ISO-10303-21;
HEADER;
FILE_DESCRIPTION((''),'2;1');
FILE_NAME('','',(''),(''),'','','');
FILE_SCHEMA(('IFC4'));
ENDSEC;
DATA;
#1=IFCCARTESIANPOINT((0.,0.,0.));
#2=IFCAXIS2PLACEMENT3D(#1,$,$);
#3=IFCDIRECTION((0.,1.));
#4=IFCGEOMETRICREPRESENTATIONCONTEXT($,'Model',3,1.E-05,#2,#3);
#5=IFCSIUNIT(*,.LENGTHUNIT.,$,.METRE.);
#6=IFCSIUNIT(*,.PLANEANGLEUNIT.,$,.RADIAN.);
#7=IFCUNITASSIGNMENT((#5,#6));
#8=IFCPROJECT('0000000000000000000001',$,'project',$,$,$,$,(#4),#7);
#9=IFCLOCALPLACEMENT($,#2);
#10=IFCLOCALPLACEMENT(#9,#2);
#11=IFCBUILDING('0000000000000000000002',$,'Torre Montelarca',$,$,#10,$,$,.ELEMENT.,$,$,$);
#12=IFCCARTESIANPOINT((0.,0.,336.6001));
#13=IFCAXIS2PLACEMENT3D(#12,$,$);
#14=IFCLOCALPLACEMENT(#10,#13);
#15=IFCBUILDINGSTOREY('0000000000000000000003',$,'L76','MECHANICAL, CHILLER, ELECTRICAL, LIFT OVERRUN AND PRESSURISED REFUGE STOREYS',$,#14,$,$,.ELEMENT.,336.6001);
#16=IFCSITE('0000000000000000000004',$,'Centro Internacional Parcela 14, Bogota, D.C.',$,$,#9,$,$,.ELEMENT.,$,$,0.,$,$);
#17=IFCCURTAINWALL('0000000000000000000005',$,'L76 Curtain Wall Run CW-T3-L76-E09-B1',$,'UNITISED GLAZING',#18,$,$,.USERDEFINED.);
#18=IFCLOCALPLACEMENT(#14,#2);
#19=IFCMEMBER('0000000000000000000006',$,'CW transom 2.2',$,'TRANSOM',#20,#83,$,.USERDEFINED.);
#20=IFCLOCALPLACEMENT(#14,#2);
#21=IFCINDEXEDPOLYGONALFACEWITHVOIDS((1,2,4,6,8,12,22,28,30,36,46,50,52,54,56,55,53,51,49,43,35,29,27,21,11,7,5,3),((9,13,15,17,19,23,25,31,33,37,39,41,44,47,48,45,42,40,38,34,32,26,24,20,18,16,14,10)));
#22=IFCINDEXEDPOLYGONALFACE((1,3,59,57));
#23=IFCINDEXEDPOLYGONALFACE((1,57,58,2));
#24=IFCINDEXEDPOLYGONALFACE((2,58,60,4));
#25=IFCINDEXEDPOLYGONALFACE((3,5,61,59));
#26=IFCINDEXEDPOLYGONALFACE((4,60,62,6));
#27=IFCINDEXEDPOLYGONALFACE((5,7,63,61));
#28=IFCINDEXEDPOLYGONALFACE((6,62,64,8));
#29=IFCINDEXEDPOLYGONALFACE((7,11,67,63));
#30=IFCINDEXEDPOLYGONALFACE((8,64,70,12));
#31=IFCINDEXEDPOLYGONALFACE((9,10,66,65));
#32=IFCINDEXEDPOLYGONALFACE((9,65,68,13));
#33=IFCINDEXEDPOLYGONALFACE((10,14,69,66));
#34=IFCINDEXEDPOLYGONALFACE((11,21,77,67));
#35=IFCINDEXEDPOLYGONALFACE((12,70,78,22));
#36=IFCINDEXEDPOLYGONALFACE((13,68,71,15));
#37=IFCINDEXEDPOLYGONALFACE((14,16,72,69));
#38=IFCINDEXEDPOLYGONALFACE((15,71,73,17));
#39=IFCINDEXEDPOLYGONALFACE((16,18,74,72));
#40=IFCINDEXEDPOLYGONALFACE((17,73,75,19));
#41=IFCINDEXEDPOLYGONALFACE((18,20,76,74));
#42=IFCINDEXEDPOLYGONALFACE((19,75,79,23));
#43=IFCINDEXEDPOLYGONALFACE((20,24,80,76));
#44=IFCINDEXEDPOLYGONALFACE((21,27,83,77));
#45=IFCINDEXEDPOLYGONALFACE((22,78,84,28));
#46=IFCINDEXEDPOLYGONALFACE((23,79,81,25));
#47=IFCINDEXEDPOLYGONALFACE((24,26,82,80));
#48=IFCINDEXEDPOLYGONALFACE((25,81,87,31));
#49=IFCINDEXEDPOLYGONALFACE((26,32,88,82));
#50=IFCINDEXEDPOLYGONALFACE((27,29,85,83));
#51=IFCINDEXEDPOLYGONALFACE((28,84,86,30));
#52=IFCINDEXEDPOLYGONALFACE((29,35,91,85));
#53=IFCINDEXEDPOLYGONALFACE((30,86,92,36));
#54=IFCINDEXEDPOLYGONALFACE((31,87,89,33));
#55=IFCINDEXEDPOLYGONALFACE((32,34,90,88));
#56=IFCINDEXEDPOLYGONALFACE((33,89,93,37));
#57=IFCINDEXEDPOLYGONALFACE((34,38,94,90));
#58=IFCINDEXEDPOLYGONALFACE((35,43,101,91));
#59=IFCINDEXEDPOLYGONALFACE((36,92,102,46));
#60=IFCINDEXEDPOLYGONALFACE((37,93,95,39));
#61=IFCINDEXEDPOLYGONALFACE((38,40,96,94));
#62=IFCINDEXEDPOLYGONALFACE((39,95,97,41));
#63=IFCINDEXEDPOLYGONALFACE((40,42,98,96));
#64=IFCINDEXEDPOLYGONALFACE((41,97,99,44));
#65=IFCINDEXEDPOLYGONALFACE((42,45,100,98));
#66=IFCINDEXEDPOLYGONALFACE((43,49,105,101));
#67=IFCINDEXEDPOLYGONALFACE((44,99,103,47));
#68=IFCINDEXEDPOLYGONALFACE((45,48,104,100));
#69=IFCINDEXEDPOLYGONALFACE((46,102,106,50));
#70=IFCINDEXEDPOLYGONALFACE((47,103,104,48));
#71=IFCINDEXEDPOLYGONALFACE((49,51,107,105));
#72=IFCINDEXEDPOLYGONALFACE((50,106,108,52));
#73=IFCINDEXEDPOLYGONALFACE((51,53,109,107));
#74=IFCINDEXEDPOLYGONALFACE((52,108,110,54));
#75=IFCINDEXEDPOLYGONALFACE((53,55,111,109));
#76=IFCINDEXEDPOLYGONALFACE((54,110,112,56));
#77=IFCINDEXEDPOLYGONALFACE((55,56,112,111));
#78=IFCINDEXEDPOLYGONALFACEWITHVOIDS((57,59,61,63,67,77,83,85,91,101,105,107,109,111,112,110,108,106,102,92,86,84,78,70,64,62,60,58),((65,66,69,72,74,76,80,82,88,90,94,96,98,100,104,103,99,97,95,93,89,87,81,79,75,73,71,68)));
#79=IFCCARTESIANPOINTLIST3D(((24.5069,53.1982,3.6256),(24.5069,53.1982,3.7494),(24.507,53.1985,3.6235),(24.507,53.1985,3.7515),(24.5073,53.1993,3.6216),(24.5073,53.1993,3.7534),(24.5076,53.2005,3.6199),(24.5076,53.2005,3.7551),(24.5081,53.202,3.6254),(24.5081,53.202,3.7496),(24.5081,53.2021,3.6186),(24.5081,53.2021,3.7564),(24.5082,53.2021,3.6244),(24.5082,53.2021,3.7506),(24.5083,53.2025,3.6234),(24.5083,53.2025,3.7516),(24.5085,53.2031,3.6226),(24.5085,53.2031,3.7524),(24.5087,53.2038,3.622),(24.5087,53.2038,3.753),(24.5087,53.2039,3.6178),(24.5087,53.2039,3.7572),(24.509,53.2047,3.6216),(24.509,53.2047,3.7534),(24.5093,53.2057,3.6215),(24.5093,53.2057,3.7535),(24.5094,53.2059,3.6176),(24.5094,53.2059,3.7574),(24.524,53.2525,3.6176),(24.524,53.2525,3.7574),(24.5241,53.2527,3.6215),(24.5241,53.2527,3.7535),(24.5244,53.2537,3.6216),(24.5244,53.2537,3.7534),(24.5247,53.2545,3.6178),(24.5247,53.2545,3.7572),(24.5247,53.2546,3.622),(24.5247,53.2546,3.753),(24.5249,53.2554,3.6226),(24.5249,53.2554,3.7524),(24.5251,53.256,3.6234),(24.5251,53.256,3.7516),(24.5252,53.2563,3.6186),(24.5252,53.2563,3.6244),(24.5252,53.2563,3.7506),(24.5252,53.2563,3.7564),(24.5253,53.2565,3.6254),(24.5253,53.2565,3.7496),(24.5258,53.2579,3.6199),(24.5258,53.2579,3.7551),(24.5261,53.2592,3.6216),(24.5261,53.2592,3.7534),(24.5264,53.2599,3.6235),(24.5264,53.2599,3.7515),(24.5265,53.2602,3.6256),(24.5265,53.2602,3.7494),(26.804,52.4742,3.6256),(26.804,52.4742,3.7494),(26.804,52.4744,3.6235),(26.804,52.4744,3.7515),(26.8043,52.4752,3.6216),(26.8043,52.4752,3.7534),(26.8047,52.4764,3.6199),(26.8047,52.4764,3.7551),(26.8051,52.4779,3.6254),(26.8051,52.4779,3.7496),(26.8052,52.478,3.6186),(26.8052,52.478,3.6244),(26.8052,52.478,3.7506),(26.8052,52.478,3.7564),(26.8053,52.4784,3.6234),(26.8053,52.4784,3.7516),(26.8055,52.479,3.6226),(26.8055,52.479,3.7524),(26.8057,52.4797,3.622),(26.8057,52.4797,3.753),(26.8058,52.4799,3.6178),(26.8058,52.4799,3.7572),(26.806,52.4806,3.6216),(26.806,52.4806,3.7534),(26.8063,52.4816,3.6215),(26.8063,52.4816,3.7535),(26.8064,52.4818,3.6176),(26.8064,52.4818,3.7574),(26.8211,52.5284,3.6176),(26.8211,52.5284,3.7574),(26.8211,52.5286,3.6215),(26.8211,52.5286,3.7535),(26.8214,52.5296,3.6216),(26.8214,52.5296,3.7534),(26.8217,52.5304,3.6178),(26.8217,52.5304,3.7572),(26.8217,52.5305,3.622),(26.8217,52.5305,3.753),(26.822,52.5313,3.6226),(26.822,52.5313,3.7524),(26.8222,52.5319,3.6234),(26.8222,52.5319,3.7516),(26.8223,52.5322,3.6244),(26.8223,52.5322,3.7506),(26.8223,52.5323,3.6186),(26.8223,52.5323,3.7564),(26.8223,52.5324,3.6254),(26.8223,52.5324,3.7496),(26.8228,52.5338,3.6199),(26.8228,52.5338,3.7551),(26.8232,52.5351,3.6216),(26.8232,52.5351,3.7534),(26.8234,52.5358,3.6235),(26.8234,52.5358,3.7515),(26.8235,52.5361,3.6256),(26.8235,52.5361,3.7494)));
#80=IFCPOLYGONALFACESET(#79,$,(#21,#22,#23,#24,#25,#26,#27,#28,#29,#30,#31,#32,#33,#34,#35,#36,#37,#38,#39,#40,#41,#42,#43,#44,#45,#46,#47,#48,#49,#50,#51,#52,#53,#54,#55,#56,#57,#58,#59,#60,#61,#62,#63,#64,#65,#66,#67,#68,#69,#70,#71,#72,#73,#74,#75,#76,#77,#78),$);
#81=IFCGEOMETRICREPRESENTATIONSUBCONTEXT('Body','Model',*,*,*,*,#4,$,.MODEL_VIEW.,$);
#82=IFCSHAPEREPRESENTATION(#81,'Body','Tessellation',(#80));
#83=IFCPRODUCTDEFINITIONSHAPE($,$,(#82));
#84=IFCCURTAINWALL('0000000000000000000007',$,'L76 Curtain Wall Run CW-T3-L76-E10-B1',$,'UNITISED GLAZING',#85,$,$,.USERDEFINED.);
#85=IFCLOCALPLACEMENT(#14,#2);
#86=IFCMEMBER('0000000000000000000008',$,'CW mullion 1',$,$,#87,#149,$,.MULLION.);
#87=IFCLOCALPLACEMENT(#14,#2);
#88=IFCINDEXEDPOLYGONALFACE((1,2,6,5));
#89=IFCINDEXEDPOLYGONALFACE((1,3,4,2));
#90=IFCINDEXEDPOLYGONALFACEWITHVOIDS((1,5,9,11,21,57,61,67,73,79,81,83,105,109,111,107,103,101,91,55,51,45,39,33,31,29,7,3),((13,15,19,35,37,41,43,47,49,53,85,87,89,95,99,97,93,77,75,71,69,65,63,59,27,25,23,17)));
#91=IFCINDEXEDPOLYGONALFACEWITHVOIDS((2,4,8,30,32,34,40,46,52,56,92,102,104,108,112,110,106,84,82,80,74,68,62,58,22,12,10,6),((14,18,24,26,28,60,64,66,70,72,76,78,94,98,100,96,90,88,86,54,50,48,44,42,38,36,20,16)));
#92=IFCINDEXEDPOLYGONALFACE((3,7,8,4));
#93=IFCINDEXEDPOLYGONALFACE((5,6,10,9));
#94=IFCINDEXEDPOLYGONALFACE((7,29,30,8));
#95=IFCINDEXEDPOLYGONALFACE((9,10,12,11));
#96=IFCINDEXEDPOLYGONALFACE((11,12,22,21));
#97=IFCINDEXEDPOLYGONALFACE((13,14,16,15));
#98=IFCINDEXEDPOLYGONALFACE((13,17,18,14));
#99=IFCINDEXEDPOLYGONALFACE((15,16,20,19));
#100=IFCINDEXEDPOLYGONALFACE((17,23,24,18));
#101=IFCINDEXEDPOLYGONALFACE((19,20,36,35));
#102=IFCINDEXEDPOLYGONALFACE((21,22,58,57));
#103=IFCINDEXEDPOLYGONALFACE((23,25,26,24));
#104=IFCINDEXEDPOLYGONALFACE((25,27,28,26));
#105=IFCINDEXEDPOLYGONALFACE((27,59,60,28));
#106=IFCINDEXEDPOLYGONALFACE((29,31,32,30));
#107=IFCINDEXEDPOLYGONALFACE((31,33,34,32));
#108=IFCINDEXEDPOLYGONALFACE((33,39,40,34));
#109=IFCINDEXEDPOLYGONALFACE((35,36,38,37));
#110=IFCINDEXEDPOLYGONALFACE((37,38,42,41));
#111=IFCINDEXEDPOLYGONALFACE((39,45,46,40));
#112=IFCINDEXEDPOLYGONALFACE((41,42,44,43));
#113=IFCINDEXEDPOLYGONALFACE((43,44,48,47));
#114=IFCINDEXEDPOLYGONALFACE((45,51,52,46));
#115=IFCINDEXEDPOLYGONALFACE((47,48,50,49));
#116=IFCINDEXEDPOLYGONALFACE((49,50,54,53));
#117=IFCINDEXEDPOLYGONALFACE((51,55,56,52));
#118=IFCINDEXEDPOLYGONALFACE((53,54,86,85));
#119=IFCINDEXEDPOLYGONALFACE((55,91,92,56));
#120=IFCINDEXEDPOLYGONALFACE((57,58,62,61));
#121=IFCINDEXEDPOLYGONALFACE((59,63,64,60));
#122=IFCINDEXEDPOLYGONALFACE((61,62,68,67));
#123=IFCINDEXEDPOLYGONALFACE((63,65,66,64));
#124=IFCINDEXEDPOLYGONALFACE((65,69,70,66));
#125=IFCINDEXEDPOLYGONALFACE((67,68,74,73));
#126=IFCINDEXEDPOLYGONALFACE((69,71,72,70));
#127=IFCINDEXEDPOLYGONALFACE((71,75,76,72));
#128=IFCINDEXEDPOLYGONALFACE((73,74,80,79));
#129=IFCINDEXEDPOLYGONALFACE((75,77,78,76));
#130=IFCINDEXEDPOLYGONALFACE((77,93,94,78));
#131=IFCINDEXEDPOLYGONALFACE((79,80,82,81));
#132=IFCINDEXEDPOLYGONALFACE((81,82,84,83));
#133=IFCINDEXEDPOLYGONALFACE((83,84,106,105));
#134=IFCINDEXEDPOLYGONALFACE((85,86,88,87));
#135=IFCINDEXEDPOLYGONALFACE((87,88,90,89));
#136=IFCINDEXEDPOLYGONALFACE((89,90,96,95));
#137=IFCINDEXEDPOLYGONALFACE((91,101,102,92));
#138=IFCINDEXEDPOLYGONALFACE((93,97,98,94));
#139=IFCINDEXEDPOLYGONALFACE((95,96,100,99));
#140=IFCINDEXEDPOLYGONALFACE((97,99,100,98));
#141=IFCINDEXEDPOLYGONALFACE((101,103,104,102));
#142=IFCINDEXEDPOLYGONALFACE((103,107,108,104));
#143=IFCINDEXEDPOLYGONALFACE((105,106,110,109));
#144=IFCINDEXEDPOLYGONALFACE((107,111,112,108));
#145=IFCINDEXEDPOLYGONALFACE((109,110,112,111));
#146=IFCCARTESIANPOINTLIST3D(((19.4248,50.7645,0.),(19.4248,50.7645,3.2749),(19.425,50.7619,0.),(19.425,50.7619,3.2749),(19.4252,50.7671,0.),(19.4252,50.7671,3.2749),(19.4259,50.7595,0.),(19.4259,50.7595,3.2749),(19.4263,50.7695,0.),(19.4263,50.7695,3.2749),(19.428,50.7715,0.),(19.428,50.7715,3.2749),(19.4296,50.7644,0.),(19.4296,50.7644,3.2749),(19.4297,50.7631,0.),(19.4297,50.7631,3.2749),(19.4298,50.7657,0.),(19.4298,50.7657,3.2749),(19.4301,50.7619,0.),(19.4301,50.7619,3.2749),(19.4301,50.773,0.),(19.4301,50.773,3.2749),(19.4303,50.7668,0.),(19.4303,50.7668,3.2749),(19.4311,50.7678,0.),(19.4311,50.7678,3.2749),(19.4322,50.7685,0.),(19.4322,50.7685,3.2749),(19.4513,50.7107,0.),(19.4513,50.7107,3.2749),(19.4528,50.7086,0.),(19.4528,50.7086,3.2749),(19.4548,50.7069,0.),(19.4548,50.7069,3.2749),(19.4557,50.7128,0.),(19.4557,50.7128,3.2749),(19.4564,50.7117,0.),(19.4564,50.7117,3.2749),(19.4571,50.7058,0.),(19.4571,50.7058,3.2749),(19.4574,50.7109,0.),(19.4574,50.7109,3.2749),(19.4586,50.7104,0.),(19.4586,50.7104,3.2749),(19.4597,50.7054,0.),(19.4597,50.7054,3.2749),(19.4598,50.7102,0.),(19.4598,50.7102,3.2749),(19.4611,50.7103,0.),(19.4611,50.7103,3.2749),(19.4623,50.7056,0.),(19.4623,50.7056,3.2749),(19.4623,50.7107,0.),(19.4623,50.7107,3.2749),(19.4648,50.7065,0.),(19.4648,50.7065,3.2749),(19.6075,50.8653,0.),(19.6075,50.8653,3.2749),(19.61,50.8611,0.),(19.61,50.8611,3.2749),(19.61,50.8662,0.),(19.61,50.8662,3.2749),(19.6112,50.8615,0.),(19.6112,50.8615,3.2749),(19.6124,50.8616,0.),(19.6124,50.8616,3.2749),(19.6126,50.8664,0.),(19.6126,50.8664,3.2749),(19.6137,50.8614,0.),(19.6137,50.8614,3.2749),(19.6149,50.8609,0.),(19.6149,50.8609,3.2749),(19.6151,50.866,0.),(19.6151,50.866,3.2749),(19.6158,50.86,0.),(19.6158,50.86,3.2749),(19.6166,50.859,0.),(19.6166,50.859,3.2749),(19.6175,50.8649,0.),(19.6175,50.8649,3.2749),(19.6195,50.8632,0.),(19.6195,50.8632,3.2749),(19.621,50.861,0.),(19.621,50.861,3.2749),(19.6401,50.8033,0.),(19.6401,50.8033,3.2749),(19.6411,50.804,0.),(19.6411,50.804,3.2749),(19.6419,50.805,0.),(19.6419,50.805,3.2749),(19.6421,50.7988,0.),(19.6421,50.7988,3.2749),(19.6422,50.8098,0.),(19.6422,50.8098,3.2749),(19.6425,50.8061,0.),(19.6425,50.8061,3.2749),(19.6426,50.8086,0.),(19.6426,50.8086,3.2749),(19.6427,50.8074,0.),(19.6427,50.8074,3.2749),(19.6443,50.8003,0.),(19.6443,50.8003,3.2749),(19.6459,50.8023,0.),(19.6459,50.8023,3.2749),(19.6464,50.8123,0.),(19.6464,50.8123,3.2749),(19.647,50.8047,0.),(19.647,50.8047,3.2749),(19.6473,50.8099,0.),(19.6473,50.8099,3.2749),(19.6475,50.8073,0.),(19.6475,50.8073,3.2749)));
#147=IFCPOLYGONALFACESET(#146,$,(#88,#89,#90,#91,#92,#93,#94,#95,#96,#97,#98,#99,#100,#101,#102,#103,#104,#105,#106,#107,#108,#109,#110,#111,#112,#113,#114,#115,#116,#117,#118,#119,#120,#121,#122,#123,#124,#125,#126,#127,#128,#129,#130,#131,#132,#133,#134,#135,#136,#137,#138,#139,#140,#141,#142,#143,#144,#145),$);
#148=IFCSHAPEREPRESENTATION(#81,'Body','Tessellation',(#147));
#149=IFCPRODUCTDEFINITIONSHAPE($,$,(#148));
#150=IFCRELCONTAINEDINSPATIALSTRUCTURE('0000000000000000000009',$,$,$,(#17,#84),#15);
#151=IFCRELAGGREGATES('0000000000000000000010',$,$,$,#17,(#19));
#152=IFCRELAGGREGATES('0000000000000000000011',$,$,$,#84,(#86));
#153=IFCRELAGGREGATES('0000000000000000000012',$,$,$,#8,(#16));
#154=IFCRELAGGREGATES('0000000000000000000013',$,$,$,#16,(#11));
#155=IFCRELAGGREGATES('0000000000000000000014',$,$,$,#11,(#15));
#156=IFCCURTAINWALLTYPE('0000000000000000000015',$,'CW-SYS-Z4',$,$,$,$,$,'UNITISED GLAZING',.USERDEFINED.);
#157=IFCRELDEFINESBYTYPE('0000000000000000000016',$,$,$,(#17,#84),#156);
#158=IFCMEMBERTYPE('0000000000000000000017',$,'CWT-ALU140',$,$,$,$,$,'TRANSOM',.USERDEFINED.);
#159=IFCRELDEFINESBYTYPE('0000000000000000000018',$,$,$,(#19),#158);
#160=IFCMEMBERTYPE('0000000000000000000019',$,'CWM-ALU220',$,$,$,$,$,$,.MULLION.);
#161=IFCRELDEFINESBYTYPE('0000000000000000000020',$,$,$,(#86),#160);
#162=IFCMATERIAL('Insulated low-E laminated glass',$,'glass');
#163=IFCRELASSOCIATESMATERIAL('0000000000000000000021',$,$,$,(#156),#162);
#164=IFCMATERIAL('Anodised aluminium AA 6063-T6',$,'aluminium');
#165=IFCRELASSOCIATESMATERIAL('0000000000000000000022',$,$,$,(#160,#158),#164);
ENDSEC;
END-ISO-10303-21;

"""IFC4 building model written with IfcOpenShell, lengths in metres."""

from ifc_helpers import new_model, si_unit, direction, frame, origin, origin_2d, place, context, subcontext, project, spatial, hollow_rectangle, extrude, source, transform, mapped, material, material_profile, profile_set, type_object, element, aggregate, save


model = new_model("IFC4")

# Units and contexts
model_context = context("Model", 3, precision=1e-05, world=origin(), true_north=direction((0.0, 1.0)))
body_context = subcontext(model_context, "Body", "Model", "MODEL_VIEW")
ifc_project = project(units=[si_unit("LENGTHUNIT", "METRE"), si_unit("PLANEANGLEUNIT", "RADIAN")], contexts=[model_context])

# Site, building, storey
site_placement = place(None, origin())
site = spatial("IfcSite", under=ifc_project, at=site_placement, Name="Centro Internacional Parcela 14, Bogota, D.C.", CompositionType="ELEMENT", RefElevation=0.0)
building_placement = place(site_placement, origin())
building = spatial("IfcBuilding", under=site, at=building_placement, Name="Torre Montelarca", CompositionType="ELEMENT")
storey_placement = place(building_placement, frame((0.0, 0.0, 336.6001)))
storey = spatial("IfcBuildingStorey", under=building, at=storey_placement, Name="L76", Description="MECHANICAL, CHILLER, ELECTRICAL, LIFT OVERRUN AND PRESSURISED REFUGE STOREYS", CompositionType="ELEMENT", Elevation=336.6001)

# Curtain walls, members
ifc_material_1 = material(Name="Insulated low-E laminated glass", Category="glass")
curtain_wall_type = type_object("IfcCurtainWallType", Name="CW-SYS-Z4", ElementType="UNITISED GLAZING", PredefinedType="USERDEFINED", material=ifc_material_1)
curtain_wall_1_placement = place(storey_placement, origin())
curtain_wall_1 = element("IfcCurtainWall", 1, at=curtain_wall_1_placement, inside=storey, type_object=curtain_wall_type, Name="L76 Curtain Wall Run CW-T3-L76-E09-B1", ObjectType="UNITISED GLAZING", PredefinedType="USERDEFINED")
ifc_material_2 = material(Name="Anodised aluminium AA 6063-T6", Category="aluminium")
ifc_material_profile_1 = material_profile(ifc_material_2, hollow_rectangle(XDim=0.075, YDim=0.22, WallThickness=0.0049, InnerFilletRadius=0.0049, OuterFilletRadius=0.01, at=origin_2d()), Name="ALU75X220X5", Category="aluminium")
ifc_profile_set_1 = profile_set([ifc_material_profile_1], Name="Anodised aluminium AA 6063-T6")
member_type_1 = type_object("IfcMemberType", Name="CWM-ALU220", PredefinedType="MULLION", material=ifc_profile_set_1)
ifc_material_profile_2 = material_profile(ifc_material_2, hollow_rectangle(XDim=0.0649, YDim=0.1399, WallThickness=0.0039, InnerFilletRadius=0.0039, OuterFilletRadius=0.0081, at=origin_2d()), Name="ALU65X140X4", Category="aluminium")
ifc_profile_set_2 = profile_set([ifc_material_profile_2], Name="Anodised aluminium AA 6063-T6")
member_type_2 = type_object("IfcMemberType", Name="CWT-ALU140", ElementType="TRANSOM", PredefinedType="USERDEFINED", material=ifc_profile_set_2)
shared_shape_1 = source(origin(), body_context, "Body", "SweptSolid", [
    extrude(hollow_rectangle(XDim=0.0649, YDim=0.1399, WallThickness=0.0039, InnerFilletRadius=0.0039, OuterFilletRadius=0.0081, at=origin_2d()), origin(), (0.0, 0.0, 1.0), 2.4084),
])
member_1_placement = place(storey_placement, frame((26.8137, 52.5051, 3.6875), z_axis=(-0.953736, 0.300646, 0.0), x_axis=(-0.300646, -0.953736, 0.0)))
member_1 = element("IfcMember", 2, at=member_1_placement, type_object=member_type_2, Name="CW transom 2.2", ObjectType="TRANSOM", PredefinedType="USERDEFINED", context=body_context, shape_type="MappedRepresentation", body=[
    mapped(shared_shape_1, transform((0.0, 0.0, 0.0), scale=1.0)),
])
curtain_wall_2_placement = place(storey_placement, origin())
curtain_wall_2 = element("IfcCurtainWall", 3, at=curtain_wall_2_placement, inside=storey, type_object=curtain_wall_type, Name="L76 Curtain Wall Run CW-T3-L76-E10-B1", ObjectType="UNITISED GLAZING", PredefinedType="USERDEFINED")
shared_shape_2 = source(origin(), body_context, "Body", "SweptSolid", [
    extrude(hollow_rectangle(XDim=0.075, YDim=0.22, WallThickness=0.0049, InnerFilletRadius=0.0049, OuterFilletRadius=0.01, at=origin_2d()), origin(), (0.0, 0.0, 1.0), 3.2749),
])
member_2_placement = place(storey_placement, frame((19.5361, 50.7859, 0.0), z_axis=(0.0, 0.0, 1.0), x_axis=(0.461756, -0.887007, 0.0)))
member_2 = element("IfcMember", 4, at=member_2_placement, type_object=member_type_1, Name="CW mullion 1", PredefinedType="MULLION", context=body_context, shape_type="MappedRepresentation", body=[
    mapped(shared_shape_2, transform((0.0, 0.0, 0.0), scale=1.0)),
])

aggregate(curtain_wall_1, [member_1])
aggregate(curtain_wall_2, [member_2])

save(model, "model.ifc")
